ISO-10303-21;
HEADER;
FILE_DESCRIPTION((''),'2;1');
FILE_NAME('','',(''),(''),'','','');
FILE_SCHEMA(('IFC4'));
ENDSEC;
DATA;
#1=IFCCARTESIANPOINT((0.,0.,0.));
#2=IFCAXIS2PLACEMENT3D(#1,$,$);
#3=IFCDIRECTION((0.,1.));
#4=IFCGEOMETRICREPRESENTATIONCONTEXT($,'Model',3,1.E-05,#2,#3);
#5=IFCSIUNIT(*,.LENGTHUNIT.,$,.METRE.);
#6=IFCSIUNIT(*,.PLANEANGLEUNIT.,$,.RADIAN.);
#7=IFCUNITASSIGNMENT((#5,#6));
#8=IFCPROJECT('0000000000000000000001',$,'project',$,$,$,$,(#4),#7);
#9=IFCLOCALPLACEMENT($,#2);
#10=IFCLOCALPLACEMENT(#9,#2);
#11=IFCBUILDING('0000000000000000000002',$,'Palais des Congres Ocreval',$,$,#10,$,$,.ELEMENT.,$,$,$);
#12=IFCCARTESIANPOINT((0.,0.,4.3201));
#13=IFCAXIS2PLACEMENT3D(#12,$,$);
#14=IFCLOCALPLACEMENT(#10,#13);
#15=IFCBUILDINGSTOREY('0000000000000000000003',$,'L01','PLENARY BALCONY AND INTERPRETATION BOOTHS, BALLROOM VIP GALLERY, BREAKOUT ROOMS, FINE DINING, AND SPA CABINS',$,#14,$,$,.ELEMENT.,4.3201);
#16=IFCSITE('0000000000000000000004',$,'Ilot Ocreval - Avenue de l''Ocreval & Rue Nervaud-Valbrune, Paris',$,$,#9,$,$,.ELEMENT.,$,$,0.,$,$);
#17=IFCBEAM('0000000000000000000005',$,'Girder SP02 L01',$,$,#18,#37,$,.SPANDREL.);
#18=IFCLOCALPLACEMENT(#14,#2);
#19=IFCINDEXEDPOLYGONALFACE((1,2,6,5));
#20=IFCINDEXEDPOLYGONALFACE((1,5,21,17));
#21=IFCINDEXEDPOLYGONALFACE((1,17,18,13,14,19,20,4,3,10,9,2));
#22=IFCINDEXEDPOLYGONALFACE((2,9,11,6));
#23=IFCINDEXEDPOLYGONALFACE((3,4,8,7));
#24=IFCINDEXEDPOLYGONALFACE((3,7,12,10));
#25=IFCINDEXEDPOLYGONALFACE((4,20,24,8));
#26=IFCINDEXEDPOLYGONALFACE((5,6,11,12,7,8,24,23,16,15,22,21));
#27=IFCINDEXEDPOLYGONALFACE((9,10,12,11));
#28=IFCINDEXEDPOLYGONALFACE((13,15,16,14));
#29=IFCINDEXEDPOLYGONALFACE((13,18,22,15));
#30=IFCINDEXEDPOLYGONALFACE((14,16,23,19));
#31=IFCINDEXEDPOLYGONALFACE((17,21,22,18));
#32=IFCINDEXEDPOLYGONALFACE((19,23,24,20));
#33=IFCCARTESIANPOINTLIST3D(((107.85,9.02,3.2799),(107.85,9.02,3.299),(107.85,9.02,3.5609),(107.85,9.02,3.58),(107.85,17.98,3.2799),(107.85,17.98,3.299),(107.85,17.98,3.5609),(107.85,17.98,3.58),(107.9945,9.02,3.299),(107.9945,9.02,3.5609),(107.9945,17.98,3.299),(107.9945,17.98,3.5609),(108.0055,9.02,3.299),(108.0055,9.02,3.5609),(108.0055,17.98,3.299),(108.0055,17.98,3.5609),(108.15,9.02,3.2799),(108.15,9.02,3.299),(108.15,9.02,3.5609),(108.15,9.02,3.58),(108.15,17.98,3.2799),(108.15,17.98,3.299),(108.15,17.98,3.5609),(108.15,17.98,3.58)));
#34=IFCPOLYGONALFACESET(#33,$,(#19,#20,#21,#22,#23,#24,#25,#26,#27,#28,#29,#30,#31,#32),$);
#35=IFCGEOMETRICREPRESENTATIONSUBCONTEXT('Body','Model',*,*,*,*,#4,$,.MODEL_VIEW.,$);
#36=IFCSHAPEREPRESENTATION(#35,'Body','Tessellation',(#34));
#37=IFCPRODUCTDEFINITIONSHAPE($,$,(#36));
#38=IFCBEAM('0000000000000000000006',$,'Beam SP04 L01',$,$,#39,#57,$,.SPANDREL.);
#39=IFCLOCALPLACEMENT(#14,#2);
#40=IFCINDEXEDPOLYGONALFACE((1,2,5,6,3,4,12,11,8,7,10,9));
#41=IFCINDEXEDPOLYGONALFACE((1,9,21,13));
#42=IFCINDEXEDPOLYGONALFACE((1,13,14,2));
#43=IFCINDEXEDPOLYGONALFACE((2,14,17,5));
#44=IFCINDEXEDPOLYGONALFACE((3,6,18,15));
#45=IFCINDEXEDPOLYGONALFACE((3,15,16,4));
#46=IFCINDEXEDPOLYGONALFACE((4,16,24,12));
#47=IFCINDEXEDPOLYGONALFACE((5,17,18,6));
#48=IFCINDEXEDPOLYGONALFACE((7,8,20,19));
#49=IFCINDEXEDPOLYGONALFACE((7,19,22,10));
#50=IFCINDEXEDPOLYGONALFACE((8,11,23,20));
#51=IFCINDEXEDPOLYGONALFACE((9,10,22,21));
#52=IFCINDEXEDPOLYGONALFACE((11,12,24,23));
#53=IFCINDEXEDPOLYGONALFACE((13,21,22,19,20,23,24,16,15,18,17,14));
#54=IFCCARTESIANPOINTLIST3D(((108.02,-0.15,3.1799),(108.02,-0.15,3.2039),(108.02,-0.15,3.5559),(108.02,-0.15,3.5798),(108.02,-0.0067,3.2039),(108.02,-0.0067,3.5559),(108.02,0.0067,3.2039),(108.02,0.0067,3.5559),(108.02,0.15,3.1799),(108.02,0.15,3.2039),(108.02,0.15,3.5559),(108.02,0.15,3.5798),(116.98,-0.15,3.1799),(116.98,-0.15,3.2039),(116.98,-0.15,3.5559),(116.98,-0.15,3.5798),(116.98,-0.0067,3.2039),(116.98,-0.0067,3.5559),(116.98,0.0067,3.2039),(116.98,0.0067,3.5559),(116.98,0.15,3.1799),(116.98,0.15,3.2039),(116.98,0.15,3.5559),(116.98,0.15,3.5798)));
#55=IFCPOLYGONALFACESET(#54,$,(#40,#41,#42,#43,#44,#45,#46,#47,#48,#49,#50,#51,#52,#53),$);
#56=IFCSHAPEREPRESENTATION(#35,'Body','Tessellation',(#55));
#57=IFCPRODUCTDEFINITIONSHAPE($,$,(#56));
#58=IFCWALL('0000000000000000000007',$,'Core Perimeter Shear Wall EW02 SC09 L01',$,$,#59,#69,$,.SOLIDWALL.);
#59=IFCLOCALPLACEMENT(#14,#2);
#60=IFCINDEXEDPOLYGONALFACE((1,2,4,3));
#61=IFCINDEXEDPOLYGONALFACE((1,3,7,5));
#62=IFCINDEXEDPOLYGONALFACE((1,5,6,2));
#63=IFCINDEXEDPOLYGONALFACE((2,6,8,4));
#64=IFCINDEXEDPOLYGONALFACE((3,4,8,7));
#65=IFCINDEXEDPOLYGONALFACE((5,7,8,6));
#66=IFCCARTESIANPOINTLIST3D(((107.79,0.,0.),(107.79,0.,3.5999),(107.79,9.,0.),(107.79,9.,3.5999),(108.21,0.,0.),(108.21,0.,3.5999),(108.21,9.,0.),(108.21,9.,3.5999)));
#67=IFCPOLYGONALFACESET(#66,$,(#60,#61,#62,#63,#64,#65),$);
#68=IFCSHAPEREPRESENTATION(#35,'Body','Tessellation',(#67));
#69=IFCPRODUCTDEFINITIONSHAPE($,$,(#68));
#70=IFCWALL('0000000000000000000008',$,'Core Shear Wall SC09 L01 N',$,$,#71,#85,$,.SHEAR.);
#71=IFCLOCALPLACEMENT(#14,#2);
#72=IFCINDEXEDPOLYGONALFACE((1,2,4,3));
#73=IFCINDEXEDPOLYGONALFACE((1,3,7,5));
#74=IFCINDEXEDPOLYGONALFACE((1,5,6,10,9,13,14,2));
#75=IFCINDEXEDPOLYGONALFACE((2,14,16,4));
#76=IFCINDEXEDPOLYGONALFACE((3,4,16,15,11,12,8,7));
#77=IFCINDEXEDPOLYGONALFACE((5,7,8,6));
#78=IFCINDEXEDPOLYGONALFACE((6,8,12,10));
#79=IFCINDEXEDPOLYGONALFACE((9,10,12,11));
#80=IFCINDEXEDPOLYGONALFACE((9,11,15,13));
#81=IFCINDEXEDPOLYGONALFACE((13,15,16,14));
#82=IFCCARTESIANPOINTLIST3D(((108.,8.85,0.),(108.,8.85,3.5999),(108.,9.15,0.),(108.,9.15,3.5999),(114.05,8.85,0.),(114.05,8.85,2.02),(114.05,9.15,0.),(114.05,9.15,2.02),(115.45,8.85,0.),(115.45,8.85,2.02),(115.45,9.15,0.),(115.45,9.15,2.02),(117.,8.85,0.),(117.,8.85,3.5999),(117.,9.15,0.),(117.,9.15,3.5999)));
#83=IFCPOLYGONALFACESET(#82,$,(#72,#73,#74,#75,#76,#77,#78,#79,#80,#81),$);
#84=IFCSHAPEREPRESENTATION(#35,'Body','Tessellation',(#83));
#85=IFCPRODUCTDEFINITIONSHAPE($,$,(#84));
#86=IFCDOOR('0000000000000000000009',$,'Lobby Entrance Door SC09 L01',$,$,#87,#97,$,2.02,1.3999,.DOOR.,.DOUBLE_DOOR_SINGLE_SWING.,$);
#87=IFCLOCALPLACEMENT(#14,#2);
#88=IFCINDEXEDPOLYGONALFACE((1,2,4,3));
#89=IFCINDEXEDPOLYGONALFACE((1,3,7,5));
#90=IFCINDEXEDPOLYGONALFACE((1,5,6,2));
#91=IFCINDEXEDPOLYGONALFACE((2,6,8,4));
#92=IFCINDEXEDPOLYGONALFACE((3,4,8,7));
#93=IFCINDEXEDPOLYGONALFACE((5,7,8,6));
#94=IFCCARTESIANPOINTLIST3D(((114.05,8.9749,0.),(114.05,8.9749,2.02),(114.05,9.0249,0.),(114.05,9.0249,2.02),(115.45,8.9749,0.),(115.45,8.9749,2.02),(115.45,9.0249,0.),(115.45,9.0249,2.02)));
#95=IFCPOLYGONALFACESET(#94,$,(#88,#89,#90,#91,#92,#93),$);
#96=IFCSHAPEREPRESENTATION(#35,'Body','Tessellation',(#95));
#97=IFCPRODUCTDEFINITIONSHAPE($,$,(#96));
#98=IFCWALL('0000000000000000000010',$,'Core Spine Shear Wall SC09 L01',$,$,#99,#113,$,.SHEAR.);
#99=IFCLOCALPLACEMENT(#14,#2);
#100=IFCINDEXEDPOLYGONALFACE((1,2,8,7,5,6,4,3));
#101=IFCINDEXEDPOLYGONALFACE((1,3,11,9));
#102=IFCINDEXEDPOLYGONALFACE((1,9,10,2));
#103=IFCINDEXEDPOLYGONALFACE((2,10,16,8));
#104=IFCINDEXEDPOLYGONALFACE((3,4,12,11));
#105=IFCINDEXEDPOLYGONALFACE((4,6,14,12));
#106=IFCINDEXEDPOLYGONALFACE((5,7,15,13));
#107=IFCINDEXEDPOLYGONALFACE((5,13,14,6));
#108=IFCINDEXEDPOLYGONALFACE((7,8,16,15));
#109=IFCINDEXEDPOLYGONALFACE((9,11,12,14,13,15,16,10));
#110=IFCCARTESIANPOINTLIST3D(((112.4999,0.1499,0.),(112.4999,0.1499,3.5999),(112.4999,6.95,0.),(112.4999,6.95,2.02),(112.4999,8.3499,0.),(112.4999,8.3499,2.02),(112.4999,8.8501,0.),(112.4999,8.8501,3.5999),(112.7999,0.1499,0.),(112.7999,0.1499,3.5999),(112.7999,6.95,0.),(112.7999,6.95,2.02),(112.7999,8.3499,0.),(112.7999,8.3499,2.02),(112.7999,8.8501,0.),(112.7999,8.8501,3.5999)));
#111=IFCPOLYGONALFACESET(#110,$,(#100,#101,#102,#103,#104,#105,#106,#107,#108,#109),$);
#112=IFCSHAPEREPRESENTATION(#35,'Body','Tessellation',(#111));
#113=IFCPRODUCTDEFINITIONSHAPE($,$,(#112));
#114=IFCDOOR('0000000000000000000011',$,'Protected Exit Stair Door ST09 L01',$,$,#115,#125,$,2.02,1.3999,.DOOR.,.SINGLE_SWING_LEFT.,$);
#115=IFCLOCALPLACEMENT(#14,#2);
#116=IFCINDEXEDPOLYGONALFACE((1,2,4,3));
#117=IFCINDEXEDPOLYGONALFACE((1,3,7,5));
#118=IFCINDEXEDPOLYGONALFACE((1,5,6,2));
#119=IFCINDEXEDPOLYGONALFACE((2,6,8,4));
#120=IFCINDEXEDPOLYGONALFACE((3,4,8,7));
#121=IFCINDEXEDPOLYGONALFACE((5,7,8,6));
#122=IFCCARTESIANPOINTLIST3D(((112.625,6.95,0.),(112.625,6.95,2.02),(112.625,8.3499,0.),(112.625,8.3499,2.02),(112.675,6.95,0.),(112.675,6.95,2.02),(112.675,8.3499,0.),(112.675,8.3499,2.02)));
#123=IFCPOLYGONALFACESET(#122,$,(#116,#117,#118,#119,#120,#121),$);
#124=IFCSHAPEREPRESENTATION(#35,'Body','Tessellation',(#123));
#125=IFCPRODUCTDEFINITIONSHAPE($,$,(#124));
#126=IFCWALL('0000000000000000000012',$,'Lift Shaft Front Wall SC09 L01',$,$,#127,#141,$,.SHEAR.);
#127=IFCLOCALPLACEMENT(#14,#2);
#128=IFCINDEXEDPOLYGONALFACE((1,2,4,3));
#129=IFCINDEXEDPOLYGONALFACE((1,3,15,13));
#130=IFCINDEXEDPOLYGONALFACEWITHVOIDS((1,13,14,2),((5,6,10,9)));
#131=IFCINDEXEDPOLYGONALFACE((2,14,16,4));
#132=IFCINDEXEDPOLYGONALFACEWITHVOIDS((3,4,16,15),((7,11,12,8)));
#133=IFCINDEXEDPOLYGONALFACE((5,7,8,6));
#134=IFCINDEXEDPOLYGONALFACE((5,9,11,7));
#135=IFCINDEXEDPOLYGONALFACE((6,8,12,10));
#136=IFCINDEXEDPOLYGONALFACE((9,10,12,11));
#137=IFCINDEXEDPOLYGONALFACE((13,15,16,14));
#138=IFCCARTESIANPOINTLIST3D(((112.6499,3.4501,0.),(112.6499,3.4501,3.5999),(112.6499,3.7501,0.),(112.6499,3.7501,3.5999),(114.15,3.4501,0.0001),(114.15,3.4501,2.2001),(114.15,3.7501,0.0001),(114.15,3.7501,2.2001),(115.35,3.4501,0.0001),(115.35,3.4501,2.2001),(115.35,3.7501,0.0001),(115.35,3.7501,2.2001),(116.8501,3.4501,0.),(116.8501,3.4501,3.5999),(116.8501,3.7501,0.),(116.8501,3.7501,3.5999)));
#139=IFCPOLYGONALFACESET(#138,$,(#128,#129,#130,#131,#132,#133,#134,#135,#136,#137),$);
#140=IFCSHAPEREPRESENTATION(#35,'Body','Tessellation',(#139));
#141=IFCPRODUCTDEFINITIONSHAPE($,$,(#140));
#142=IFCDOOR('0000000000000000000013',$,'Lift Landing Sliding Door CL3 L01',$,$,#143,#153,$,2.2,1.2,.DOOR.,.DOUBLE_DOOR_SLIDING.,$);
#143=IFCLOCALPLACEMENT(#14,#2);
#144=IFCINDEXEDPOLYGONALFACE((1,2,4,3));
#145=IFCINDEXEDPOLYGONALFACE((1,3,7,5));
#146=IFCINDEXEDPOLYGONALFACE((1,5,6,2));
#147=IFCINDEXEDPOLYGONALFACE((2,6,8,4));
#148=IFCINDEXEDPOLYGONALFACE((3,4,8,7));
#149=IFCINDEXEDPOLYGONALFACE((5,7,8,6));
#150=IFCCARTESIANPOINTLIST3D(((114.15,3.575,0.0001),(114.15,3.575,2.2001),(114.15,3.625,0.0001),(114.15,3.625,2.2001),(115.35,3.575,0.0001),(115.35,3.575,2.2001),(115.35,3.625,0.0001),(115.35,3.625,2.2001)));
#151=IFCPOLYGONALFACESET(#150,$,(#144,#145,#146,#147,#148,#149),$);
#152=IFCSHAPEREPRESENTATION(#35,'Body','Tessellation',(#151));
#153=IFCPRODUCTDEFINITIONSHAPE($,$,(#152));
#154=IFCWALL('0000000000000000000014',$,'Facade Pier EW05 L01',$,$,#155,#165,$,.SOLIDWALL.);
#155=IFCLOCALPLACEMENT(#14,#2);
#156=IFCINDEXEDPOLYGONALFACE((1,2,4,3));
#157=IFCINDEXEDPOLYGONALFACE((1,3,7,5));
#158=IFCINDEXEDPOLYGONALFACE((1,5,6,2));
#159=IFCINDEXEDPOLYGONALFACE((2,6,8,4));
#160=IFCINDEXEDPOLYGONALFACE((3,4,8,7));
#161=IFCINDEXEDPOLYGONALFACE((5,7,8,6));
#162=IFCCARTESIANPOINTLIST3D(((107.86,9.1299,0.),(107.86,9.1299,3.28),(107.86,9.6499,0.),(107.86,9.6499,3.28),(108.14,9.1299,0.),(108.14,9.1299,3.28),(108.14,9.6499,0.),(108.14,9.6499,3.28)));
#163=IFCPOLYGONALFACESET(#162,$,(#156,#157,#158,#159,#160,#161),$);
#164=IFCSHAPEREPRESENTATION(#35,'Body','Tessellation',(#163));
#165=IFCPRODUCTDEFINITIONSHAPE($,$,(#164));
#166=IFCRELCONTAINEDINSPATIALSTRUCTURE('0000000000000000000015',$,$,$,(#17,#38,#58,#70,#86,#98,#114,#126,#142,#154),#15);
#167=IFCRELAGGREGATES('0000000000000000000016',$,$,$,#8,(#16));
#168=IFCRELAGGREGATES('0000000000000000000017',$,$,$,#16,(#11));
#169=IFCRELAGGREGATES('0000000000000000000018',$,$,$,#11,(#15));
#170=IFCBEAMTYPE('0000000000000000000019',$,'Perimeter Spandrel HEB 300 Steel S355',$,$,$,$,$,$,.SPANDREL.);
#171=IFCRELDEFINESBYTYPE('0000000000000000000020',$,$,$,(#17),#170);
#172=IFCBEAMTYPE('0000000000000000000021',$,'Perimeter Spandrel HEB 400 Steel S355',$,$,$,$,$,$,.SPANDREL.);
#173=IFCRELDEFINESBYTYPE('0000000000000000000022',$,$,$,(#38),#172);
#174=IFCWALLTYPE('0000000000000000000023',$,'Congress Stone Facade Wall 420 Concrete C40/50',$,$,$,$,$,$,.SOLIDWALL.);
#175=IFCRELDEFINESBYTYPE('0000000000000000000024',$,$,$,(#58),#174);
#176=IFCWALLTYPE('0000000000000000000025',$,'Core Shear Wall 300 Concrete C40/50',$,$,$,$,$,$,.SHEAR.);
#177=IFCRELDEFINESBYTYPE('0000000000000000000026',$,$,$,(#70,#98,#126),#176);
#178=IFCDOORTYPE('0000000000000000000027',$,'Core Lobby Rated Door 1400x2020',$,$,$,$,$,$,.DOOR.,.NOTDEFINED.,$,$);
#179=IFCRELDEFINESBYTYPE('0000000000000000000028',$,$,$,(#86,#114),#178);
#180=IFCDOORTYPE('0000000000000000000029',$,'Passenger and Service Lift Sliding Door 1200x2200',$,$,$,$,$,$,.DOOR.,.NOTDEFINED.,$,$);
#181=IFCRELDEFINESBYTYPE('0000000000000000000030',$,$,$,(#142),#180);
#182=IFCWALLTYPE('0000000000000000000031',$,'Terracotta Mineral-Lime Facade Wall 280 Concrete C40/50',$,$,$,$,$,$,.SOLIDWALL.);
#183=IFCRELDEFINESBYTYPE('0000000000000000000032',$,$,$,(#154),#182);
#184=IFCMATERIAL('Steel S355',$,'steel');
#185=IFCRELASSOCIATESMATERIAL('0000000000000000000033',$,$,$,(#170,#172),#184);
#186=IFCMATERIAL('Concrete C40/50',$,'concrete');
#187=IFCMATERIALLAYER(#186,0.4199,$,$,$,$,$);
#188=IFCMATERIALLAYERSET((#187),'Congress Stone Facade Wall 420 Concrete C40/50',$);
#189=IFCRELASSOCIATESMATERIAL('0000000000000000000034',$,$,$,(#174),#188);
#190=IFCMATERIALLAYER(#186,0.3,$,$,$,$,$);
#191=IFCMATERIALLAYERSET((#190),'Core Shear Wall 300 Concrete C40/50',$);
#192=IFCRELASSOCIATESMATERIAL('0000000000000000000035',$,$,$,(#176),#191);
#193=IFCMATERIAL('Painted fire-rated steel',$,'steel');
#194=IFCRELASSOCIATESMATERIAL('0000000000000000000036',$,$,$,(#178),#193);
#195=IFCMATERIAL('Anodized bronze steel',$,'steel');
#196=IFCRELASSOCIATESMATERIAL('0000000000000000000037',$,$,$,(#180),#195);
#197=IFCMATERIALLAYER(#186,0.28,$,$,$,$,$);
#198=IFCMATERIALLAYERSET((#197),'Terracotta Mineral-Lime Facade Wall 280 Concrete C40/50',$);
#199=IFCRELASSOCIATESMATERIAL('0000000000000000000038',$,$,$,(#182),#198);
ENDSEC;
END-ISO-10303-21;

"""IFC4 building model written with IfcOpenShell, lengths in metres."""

from ifc_helpers import new_model, si_unit, direction, frame, frame_2d, origin, origin_2d, place, context, subcontext, project, spatial, rectangle, i_section, extrude, material, layer, layer_set, material_profile, profile_set, type_object, element, fill, save


model = new_model("IFC4")

# Units and contexts
model_context = context("Model", 3, precision=1e-05, world=origin(), true_north=direction((0.0, 1.0)))
body_context = subcontext(model_context, "Body", "Model", "MODEL_VIEW")
ifc_project = project(units=[si_unit("LENGTHUNIT", "METRE"), si_unit("PLANEANGLEUNIT", "RADIAN")], contexts=[model_context])

# Site, building, storey
site_placement = place(None, origin())
site = spatial("IfcSite", under=ifc_project, at=site_placement, Name="Ilot Ocreval - Avenue de l'Ocreval & Rue Nervaud-Valbrune, Paris", CompositionType="ELEMENT", RefElevation=0.0)
building_placement = place(site_placement, origin())
building = spatial("IfcBuilding", under=site, at=building_placement, Name="Palais des Congres Ocreval", CompositionType="ELEMENT")
storey_placement = place(building_placement, frame((0.0, 0.0, 4.3201)))
storey = spatial("IfcBuildingStorey", under=building, at=storey_placement, Name="L01", Description="PLENARY BALCONY AND INTERPRETATION BOOTHS, BALLROOM VIP GALLERY, BREAKOUT ROOMS, FINE DINING, AND SPA CABINS", CompositionType="ELEMENT", Elevation=4.3201)

# Shared definitions
ifc_material_1 = material(Name="Steel S355", Category="steel")

# Beams
ifc_material_profile_1 = material_profile(ifc_material_1, i_section(OverallWidth=0.3, OverallDepth=0.3, WebThickness=0.011, FlangeThickness=0.019, at=origin_2d()), Name="HEB 300")
ifc_profile_set_1 = profile_set([ifc_material_profile_1], Name="Steel S355")
beam_type_1 = type_object("IfcBeamType", Name="Perimeter Spandrel HEB 300 Steel S355", PredefinedType="SPANDREL", material=ifc_profile_set_1)
beam_1_placement = place(storey_placement, frame((108.0, 9.02, 3.4299), z_axis=(0.0, 1.0, 0.0), x_axis=(-1.0, 0.0, 0.0)))
element("IfcBeam", 1, at=beam_1_placement, inside=storey, type_object=beam_type_1, Name="Girder SP02 L01", PredefinedType="SPANDREL", context=body_context, shape_type="SweptSolid", body=[
    extrude(i_section(OverallWidth=0.3, OverallDepth=0.3, WebThickness=0.011, FlangeThickness=0.019, at=origin_2d()), origin(), (0.0, 0.0, 1.0), 8.96),
])
ifc_material_profile_2 = material_profile(ifc_material_1, i_section(OverallWidth=0.3, OverallDepth=0.3999, WebThickness=0.0134, FlangeThickness=0.0239, at=origin_2d()), Name="HEB 400")
ifc_profile_set_2 = profile_set([ifc_material_profile_2], Name="Steel S355")
beam_type_2 = type_object("IfcBeamType", Name="Perimeter Spandrel HEB 400 Steel S355", PredefinedType="SPANDREL", material=ifc_profile_set_2)
beam_2_placement = place(storey_placement, frame((108.02, 0.0, 3.3799), z_axis=(1.0, 0.0, 0.0), x_axis=(0.0, 1.0, 0.0)))
element("IfcBeam", 2, at=beam_2_placement, inside=storey, type_object=beam_type_2, Name="Beam SP04 L01", PredefinedType="SPANDREL", context=body_context, shape_type="SweptSolid", body=[
    extrude(i_section(OverallWidth=0.3, OverallDepth=0.3999, WebThickness=0.0134, FlangeThickness=0.0239, at=origin_2d()), origin(), (0.0, 0.0, 1.0), 8.96),
])

# Wall
ifc_material_2 = material(Name="Concrete C40/50", Category="concrete")
ifc_layer_1 = layer(ifc_material_2, 0.4199)
ifc_layer_set_1 = layer_set([ifc_layer_1], Name="Congress Stone Facade Wall 420 Concrete C40/50")
wall_type_1 = type_object("IfcWallType", Name="Congress Stone Facade Wall 420 Concrete C40/50", PredefinedType="SOLIDWALL", material=ifc_layer_set_1)
wall_1_placement = place(storey_placement, frame((108.0, 0.0, 0.0), z_axis=(0.0, 0.0, 1.0), x_axis=(0.0, 1.0, 0.0)))
element("IfcWall", 3, at=wall_1_placement, inside=storey, type_object=wall_type_1, Name="Core Perimeter Shear Wall EW02 SC09 L01", PredefinedType="SOLIDWALL", context=body_context, shape_type="SweptSolid", body=[
    extrude(rectangle(XDim=9.0, YDim=0.4199, at=frame_2d((4.5, 0.0))), origin(), (0.0, 0.0, 1.0), 3.5999),
])

# Walls, openings, doors
ifc_layer_2 = layer(ifc_material_2, 0.3)
ifc_layer_set_2 = layer_set([ifc_layer_2], Name="Core Shear Wall 300 Concrete C40/50")
wall_type_2 = type_object("IfcWallType", Name="Core Shear Wall 300 Concrete C40/50", PredefinedType="SHEAR", material=ifc_layer_set_2)
wall_2_placement = place(storey_placement, frame((108.0, 9.0, 0.0), z_axis=(0.0, 0.0, 1.0), x_axis=(1.0, 0.0, 0.0)))
wall_2 = element("IfcWall", 4, at=wall_2_placement, inside=storey, type_object=wall_type_2, Name="Core Shear Wall SC09 L01 N", PredefinedType="SHEAR", context=body_context, shape_type="SweptSolid", body=[
    extrude(rectangle(XDim=9.0, YDim=0.3, at=frame_2d((4.5, 0.0))), origin(), (0.0, 0.0, 1.0), 3.5999),
])
opening_1_placement = place(wall_2_placement, frame((6.05, 0.0, 0.0)))
opening_1 = element("IfcOpeningElement", 5, at=opening_1_placement, cuts=wall_2, PredefinedType="OPENING", context=body_context, shape_type="SweptSolid", body=[
    extrude(rectangle(XDim=1.3999, YDim=2.02, at=frame_2d((0.7, 1.01))), frame((0.0, 0.1599, 0.0), z_axis=(0.0, -1.0, 0.0), x_axis=(1.0, 0.0, 0.0)), (0.0, 0.0, 1.0), 0.3201),
])
ifc_material_3 = material(Name="Painted fire-rated steel", Category="steel")
door_type_1 = type_object("IfcDoorType", Name="Core Lobby Rated Door 1400x2020", OperationType="NOTDEFINED", PredefinedType="DOOR", material=ifc_material_3)
door_1_placement = place(opening_1_placement, origin())
door_1 = element("IfcDoor", 6, at=door_1_placement, inside=storey, type_object=door_type_1, Name="Lobby Entrance Door SC09 L01", OperationType="DOUBLE_DOOR_SINGLE_SWING", OverallHeight=2.02, OverallWidth=1.3999, PredefinedType="DOOR", context=body_context, shape_type="SweptSolid", body=[
    extrude(rectangle(XDim=1.3999, YDim=2.02, at=frame_2d((0.7, 1.01))), frame((0.0, 0.0249, 0.0), z_axis=(0.0, -1.0, 0.0), x_axis=(1.0, 0.0, 0.0)), (0.0, 0.0, 1.0), 0.05),
])
fill(opening_1, door_1)
wall_3_placement = place(storey_placement, frame((112.6499, 0.1499, 0.0), z_axis=(0.0, 0.0, 1.0), x_axis=(0.0, 1.0, 0.0)))
wall_3 = element("IfcWall", 7, at=wall_3_placement, inside=storey, type_object=wall_type_2, Name="Core Spine Shear Wall SC09 L01", PredefinedType="SHEAR", context=body_context, shape_type="SweptSolid", body=[
    extrude(rectangle(XDim=8.7002, YDim=0.3, at=frame_2d((4.3501, 0.0))), origin(), (0.0, 0.0, 1.0), 3.5999),
])
opening_2_placement = place(wall_3_placement, frame((6.8, 0.0, 0.0)))
opening_2 = element("IfcOpeningElement", 8, at=opening_2_placement, cuts=wall_3, PredefinedType="OPENING", context=body_context, shape_type="SweptSolid", body=[
    extrude(rectangle(XDim=1.3999, YDim=2.02, at=frame_2d((0.7, 1.01))), frame((0.0, 0.1599, 0.0), z_axis=(0.0, -1.0, 0.0), x_axis=(1.0, 0.0, 0.0)), (0.0, 0.0, 1.0), 0.3201),
])
door_2_placement = place(opening_2_placement, origin())
door_2 = element("IfcDoor", 9, at=door_2_placement, inside=storey, type_object=door_type_1, Name="Protected Exit Stair Door ST09 L01", OperationType="SINGLE_SWING_LEFT", OverallHeight=2.02, OverallWidth=1.3999, PredefinedType="DOOR", context=body_context, shape_type="SweptSolid", body=[
    extrude(rectangle(XDim=1.3999, YDim=2.02, at=frame_2d((0.7, 1.01))), frame((0.0, 0.0249, 0.0), z_axis=(0.0, -1.0, 0.0), x_axis=(1.0, 0.0, 0.0)), (0.0, 0.0, 1.0), 0.05),
])
fill(opening_2, door_2)
wall_4_placement = place(storey_placement, frame((112.6499, 3.6001, 0.0), z_axis=(0.0, 0.0, 1.0), x_axis=(1.0, 0.0, 0.0)))
wall_4 = element("IfcWall", 10, at=wall_4_placement, inside=storey, type_object=wall_type_2, Name="Lift Shaft Front Wall SC09 L01", PredefinedType="SHEAR", context=body_context, shape_type="SweptSolid", body=[
    extrude(rectangle(XDim=4.2002, YDim=0.3, at=frame_2d((2.1001, 0.0))), origin(), (0.0, 0.0, 1.0), 3.5999),
])
opening_3_placement = place(wall_4_placement, frame((1.5, 0.0, 0.0)))
opening_3 = element("IfcOpeningElement", 11, at=opening_3_placement, cuts=wall_4, PredefinedType="OPENING", context=body_context, shape_type="SweptSolid", body=[
    extrude(rectangle(XDim=1.2, YDim=2.2, at=frame_2d((0.6001, 1.1001))), frame((0.0, 0.1599, 0.0), z_axis=(0.0, -1.0, 0.0), x_axis=(1.0, 0.0, 0.0)), (0.0, 0.0, 1.0), 0.3201),
])
ifc_material_4 = material(Name="Anodized bronze steel", Category="steel")
door_type_2 = type_object("IfcDoorType", Name="Passenger and Service Lift Sliding Door 1200x2200", OperationType="NOTDEFINED", PredefinedType="DOOR", material=ifc_material_4)
door_3_placement = place(opening_3_placement, origin())
door_3 = element("IfcDoor", 12, at=door_3_placement, inside=storey, type_object=door_type_2, Name="Lift Landing Sliding Door CL3 L01", OperationType="DOUBLE_DOOR_SLIDING", OverallHeight=2.2, OverallWidth=1.2, PredefinedType="DOOR", context=body_context, shape_type="SweptSolid", body=[
    extrude(rectangle(XDim=1.2, YDim=2.2, at=frame_2d((0.6001, 1.1001))), frame((0.0, 0.0249, 0.0), z_axis=(0.0, -1.0, 0.0), x_axis=(1.0, 0.0, 0.0)), (0.0, 0.0, 1.0), 0.05),
])
fill(opening_3, door_3)

# Wall
ifc_layer_3 = layer(ifc_material_2, 0.28)
ifc_layer_set_3 = layer_set([ifc_layer_3], Name="Terracotta Mineral-Lime Facade Wall 280 Concrete C40/50")
wall_type_3 = type_object("IfcWallType", Name="Terracotta Mineral-Lime Facade Wall 280 Concrete C40/50", PredefinedType="SOLIDWALL", material=ifc_layer_set_3)
wall_5_placement = place(storey_placement, frame((108.0, 9.1299, 0.0), z_axis=(0.0, 0.0, 1.0), x_axis=(0.0, 1.0, 0.0)))
element("IfcWall", 13, at=wall_5_placement, inside=storey, type_object=wall_type_3, Name="Facade Pier EW05 L01", PredefinedType="SOLIDWALL", context=body_context, shape_type="SweptSolid", body=[
    extrude(rectangle(XDim=0.52, YDim=0.28, at=frame_2d((0.26, 0.0))), origin(), (0.0, 0.0, 1.0), 3.28),
])

save(model, "model.ifc")
